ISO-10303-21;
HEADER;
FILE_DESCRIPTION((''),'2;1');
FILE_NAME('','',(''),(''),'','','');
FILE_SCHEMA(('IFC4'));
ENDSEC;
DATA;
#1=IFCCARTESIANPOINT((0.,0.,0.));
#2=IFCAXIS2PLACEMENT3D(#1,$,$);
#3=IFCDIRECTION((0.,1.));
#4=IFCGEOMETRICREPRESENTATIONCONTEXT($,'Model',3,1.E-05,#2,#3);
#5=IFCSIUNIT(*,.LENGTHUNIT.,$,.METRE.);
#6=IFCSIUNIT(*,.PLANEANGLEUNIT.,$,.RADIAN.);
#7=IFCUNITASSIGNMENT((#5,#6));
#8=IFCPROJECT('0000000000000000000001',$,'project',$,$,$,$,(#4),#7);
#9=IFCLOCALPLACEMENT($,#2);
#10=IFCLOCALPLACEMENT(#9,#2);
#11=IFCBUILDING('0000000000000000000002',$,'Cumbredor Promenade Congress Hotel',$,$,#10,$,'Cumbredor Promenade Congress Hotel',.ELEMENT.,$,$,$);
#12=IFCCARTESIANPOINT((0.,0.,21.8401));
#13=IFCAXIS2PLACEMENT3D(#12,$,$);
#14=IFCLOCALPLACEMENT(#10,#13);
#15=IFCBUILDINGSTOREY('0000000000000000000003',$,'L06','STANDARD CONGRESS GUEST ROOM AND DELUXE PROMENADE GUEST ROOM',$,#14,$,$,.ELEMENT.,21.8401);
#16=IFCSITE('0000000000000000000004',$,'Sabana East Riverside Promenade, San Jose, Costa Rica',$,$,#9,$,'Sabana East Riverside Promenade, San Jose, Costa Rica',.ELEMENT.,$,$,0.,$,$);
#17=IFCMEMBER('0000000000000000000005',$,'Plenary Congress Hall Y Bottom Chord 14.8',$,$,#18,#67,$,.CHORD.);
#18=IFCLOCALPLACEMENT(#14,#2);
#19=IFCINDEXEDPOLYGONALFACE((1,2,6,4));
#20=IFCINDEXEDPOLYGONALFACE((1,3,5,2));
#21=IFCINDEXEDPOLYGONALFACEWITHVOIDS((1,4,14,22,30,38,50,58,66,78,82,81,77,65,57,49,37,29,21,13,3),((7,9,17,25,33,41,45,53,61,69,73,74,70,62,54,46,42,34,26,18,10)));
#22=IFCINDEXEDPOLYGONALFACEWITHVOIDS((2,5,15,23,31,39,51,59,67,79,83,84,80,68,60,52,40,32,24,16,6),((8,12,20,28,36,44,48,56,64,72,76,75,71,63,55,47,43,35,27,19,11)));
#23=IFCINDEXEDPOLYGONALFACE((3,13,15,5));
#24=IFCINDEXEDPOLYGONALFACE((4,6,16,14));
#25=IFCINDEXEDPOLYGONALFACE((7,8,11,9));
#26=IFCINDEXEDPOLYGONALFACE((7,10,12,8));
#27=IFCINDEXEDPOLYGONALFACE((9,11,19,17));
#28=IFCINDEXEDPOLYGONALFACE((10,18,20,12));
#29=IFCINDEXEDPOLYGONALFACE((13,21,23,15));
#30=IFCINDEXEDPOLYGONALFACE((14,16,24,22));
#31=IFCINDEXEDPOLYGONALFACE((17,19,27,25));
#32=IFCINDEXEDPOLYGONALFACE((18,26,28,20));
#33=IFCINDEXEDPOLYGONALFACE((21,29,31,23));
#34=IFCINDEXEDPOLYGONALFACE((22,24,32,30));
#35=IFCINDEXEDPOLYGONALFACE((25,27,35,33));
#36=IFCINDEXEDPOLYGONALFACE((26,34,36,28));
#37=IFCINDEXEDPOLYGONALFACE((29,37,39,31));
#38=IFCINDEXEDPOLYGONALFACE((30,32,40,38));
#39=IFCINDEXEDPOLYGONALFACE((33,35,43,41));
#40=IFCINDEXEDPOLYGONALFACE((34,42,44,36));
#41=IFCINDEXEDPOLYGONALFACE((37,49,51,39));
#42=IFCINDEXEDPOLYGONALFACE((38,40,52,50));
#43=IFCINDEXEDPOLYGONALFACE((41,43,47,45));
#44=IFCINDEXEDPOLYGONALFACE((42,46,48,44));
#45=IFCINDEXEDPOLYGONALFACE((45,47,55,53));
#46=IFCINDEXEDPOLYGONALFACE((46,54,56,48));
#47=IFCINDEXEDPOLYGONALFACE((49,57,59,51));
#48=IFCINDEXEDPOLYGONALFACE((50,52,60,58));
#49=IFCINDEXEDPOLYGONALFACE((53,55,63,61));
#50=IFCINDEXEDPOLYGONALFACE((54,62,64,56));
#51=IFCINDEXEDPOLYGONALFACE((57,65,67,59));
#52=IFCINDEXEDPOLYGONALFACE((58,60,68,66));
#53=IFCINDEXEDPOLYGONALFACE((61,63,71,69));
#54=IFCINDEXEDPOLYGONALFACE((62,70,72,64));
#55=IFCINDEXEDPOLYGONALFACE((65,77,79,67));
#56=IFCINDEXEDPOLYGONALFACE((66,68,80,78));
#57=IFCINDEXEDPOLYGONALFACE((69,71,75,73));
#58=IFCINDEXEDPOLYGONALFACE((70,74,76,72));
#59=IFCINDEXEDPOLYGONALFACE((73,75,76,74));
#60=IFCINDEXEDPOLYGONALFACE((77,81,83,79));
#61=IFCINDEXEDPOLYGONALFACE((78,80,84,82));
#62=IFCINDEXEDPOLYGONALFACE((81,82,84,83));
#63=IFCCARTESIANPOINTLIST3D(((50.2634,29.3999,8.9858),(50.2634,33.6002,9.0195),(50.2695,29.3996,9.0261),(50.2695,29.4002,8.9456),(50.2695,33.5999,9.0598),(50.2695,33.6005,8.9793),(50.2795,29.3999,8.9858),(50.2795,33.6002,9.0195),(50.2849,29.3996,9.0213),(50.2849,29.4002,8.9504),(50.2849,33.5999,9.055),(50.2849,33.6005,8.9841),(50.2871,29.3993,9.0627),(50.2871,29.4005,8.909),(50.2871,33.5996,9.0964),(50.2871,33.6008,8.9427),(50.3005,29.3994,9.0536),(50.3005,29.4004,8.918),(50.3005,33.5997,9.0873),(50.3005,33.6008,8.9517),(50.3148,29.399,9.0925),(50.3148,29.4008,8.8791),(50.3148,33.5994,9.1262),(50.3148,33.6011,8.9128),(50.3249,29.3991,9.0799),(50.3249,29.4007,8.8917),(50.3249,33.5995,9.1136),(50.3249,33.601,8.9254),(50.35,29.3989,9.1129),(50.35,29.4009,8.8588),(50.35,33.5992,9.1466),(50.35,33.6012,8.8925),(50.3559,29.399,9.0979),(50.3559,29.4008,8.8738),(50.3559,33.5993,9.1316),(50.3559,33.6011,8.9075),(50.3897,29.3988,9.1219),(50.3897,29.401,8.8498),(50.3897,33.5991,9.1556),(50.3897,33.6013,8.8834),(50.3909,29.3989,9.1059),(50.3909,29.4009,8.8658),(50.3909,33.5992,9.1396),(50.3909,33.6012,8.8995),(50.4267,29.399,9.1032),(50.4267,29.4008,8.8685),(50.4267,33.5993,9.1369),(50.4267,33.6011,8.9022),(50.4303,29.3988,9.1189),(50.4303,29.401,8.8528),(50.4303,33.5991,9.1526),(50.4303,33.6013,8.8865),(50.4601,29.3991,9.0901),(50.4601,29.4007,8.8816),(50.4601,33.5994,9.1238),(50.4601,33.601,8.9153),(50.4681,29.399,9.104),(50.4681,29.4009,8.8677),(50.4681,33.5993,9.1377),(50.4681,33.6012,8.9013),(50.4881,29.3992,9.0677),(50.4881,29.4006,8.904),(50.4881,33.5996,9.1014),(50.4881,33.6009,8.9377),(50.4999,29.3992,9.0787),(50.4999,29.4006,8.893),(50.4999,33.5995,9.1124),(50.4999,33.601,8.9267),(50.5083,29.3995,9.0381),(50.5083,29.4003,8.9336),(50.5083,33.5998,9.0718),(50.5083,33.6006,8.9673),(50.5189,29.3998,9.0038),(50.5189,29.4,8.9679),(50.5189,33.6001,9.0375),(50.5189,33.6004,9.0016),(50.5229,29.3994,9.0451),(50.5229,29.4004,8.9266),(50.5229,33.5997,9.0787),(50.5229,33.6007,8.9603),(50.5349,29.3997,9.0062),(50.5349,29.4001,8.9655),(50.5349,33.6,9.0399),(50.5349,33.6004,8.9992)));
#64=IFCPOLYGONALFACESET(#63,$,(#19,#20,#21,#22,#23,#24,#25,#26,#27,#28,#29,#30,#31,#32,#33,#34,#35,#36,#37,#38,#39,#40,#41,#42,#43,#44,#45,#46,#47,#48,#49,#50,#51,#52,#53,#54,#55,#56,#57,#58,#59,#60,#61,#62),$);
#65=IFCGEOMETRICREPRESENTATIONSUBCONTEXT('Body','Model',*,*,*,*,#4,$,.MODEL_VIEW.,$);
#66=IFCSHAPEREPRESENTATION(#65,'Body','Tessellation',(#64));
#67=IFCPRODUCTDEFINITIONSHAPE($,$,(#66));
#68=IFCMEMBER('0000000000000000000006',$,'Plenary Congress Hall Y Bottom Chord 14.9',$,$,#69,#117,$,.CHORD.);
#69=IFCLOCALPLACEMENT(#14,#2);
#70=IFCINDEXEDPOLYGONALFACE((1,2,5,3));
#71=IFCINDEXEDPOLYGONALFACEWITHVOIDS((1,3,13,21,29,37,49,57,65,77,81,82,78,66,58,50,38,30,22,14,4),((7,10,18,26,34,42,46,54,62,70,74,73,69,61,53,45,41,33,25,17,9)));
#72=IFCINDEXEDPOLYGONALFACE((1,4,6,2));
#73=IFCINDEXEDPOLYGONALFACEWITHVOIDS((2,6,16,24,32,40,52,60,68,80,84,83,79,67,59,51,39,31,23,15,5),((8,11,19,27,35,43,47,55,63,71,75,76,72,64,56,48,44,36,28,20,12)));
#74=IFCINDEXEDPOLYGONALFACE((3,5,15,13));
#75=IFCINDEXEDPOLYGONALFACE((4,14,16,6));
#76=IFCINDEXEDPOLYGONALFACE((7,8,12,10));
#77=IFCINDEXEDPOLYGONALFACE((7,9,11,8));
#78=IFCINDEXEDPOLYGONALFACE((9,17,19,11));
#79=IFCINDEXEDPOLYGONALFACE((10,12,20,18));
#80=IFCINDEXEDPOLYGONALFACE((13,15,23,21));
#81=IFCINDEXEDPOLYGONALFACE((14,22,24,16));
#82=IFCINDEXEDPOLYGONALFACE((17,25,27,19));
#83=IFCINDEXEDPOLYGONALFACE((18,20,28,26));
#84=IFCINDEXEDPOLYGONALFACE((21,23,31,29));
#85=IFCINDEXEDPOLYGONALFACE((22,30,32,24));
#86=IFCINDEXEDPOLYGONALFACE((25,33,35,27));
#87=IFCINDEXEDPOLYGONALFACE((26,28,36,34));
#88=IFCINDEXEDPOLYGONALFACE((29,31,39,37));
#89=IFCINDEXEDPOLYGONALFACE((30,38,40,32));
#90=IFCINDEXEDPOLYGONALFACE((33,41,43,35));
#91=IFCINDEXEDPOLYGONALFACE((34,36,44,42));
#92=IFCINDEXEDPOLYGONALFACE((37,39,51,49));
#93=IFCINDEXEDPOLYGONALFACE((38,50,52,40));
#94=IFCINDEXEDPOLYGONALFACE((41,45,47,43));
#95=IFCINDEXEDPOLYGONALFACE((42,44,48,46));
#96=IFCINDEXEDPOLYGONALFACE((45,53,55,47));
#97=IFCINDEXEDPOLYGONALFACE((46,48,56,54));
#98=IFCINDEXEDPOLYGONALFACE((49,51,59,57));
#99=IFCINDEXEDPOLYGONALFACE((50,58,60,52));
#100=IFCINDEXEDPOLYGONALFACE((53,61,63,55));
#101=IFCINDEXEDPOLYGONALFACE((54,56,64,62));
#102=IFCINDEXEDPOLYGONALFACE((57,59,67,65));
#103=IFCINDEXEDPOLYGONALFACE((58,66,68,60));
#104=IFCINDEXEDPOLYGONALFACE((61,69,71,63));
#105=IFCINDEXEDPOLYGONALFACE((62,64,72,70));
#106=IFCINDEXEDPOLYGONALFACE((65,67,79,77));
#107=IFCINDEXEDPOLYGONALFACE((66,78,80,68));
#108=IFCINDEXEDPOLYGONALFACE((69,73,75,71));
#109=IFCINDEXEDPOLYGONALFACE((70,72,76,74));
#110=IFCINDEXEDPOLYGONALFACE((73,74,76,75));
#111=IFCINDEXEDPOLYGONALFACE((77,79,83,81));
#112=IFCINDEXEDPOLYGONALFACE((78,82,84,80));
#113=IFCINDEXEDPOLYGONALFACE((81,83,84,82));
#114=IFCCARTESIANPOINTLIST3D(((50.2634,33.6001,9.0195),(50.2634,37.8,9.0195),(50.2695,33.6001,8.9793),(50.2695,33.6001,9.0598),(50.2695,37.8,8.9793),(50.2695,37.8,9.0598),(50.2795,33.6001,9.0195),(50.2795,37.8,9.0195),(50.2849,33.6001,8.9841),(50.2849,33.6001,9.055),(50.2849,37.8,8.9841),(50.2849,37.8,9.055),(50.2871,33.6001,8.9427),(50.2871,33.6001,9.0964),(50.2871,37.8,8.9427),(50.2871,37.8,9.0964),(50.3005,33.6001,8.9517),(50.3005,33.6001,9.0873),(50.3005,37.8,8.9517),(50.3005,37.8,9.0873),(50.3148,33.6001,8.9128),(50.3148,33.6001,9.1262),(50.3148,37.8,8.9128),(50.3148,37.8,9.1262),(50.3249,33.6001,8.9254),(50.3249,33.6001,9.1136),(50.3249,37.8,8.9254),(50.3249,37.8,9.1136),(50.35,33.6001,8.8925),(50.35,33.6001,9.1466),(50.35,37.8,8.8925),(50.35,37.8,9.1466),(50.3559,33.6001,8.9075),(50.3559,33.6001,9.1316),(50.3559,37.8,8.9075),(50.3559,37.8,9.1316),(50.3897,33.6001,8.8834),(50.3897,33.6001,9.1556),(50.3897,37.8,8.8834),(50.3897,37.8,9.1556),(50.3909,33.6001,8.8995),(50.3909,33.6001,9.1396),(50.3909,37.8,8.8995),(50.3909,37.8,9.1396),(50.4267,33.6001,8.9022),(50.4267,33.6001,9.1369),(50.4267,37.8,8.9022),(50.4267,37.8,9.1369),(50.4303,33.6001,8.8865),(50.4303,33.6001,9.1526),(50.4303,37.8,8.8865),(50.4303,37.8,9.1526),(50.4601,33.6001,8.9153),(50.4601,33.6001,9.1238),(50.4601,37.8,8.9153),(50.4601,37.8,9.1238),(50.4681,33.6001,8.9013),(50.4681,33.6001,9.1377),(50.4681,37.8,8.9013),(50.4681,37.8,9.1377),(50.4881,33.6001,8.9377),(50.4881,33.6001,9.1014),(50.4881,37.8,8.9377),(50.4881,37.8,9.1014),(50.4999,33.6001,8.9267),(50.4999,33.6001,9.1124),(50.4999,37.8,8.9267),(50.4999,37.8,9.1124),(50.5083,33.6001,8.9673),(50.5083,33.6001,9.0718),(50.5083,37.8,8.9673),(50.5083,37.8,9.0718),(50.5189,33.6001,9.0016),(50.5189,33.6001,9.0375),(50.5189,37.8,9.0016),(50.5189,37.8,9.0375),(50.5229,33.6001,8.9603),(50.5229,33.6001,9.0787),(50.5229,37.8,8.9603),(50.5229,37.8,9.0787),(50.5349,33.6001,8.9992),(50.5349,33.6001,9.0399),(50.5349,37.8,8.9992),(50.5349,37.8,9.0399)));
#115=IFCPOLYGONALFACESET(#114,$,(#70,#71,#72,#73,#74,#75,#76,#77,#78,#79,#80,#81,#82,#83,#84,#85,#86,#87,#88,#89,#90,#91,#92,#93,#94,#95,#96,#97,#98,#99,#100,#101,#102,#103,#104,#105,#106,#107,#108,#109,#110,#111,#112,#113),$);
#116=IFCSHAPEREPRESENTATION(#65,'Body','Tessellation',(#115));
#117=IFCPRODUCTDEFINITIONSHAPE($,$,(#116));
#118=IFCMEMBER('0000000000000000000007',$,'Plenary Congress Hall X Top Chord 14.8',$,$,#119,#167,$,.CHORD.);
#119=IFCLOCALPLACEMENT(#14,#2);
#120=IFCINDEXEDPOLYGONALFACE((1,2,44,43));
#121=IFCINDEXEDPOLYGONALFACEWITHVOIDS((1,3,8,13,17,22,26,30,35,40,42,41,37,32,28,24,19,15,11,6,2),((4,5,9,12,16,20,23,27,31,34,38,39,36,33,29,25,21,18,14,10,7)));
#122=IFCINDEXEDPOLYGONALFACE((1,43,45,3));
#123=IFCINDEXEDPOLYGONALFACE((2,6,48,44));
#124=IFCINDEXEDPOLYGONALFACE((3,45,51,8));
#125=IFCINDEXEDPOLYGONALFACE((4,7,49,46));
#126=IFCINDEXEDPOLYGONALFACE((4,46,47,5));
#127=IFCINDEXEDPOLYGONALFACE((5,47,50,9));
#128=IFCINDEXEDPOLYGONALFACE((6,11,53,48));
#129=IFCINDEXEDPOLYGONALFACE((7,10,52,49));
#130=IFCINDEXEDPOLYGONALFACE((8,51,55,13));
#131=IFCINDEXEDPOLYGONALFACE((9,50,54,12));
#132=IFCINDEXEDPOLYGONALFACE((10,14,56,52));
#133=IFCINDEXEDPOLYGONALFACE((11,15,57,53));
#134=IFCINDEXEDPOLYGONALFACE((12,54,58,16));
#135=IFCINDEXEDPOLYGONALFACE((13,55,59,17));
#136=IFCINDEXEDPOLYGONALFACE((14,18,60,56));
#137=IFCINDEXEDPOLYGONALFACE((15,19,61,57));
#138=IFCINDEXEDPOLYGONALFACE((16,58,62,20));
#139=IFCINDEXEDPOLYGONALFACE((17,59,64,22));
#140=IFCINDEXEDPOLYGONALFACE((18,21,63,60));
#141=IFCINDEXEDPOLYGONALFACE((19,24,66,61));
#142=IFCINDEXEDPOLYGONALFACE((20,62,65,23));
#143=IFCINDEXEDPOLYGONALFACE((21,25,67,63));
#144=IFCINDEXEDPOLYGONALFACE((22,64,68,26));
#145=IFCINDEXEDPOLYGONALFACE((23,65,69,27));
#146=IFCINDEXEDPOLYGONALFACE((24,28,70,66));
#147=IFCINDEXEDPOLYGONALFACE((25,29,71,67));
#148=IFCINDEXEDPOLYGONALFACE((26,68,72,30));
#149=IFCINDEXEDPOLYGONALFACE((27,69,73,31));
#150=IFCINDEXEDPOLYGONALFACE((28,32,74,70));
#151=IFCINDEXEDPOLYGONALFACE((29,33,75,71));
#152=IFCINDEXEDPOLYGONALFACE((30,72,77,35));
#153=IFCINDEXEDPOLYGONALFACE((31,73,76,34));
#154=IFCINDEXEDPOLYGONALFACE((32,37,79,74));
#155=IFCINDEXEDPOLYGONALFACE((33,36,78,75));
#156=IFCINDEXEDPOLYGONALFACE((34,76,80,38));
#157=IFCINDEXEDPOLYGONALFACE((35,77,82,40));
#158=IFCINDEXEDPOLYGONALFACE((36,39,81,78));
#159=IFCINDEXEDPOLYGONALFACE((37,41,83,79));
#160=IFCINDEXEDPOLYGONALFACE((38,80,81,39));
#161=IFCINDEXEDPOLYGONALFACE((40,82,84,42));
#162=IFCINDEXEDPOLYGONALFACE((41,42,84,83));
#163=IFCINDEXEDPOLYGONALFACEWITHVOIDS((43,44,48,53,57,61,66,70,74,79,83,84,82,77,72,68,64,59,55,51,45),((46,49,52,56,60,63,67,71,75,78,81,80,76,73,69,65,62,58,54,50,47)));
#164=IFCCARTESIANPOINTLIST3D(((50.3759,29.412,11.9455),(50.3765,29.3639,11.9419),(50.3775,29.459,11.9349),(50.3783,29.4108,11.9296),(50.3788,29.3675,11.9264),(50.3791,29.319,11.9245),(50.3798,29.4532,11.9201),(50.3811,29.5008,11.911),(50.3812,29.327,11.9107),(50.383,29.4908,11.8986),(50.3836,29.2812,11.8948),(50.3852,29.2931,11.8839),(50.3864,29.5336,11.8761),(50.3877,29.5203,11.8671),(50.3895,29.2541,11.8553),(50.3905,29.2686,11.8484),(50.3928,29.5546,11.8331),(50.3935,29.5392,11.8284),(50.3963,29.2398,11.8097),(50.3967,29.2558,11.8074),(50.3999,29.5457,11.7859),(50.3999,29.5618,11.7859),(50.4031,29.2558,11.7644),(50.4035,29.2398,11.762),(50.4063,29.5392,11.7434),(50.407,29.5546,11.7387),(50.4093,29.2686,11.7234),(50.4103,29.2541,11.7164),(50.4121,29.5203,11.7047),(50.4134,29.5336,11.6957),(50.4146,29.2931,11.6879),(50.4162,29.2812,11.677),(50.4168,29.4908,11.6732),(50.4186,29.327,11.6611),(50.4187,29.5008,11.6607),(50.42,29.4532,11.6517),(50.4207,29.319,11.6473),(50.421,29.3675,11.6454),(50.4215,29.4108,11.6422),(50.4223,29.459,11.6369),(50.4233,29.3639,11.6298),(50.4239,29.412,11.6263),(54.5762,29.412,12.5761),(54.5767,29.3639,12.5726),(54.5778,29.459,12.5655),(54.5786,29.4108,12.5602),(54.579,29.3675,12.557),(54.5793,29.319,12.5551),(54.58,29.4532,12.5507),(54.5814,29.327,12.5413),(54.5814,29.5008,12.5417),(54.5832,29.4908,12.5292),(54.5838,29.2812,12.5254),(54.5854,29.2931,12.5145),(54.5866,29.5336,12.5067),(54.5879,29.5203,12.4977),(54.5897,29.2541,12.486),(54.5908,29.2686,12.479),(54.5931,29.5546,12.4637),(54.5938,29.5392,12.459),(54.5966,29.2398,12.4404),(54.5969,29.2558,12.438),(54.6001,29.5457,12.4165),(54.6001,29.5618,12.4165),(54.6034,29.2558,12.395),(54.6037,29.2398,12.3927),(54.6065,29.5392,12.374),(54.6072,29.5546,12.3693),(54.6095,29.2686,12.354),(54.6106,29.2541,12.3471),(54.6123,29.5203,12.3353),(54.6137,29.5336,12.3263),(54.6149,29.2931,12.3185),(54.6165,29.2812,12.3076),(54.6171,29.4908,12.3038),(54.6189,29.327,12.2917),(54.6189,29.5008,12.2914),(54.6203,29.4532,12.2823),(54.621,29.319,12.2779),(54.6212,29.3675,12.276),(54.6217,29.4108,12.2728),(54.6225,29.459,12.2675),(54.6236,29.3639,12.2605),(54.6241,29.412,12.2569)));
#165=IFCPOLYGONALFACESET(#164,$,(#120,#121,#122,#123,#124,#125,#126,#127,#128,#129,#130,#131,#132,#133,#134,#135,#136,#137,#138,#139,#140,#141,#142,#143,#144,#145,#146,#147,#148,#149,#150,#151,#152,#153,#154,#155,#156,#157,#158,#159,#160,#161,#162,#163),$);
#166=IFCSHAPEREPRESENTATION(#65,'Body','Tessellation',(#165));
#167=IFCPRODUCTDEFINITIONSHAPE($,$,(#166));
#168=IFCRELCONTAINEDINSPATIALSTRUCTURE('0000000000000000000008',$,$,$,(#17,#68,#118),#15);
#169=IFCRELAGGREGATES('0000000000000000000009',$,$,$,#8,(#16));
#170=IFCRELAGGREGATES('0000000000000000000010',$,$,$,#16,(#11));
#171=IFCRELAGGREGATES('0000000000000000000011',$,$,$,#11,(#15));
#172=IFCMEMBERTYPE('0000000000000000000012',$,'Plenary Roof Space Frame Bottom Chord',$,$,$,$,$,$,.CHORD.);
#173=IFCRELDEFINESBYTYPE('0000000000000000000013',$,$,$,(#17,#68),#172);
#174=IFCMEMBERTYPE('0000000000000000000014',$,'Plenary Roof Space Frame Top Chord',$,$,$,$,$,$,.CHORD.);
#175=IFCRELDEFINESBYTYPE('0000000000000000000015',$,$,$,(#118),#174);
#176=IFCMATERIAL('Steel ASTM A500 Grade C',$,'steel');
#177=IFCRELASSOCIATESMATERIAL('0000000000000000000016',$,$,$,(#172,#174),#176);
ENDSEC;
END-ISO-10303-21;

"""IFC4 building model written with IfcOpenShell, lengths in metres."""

from ifc_helpers import new_model, si_unit, direction, frame, origin, origin_2d, place, context, subcontext, project, spatial, hollow_circle, extrude, material, material_profile, profile_set, type_object, element, save


model = new_model("IFC4")

# Units and contexts
model_context = context("Model", 3, precision=1e-05, world=origin(), true_north=direction((0.0, 1.0)))
body_context = subcontext(model_context, "Body", "Model", "MODEL_VIEW")
ifc_project = project(units=[si_unit("LENGTHUNIT", "METRE"), si_unit("PLANEANGLEUNIT", "RADIAN")], contexts=[model_context])

# Site, building, storey
site_placement = place(None, origin())
site = spatial("IfcSite", under=ifc_project, at=site_placement, Name="Sabana East Riverside Promenade, San Jose, Costa Rica", LongName="Sabana East Riverside Promenade, San Jose, Costa Rica", CompositionType="ELEMENT", RefElevation=0.0)
building_placement = place(site_placement, origin())
building = spatial("IfcBuilding", under=site, at=building_placement, Name="Cumbredor Promenade Congress Hotel", LongName="Cumbredor Promenade Congress Hotel", CompositionType="ELEMENT")
storey_placement = place(building_placement, frame((0.0, 0.0, 21.8401)))
storey = spatial("IfcBuildingStorey", under=building, at=storey_placement, Name="L06", Description="STANDARD CONGRESS GUEST ROOM AND DELUXE PROMENADE GUEST ROOM", CompositionType="ELEMENT", Elevation=21.8401)

# Members
ifc_material_1 = material(Name="Steel ASTM A500 Grade C", Category="steel")
ifc_material_profile_1 = material_profile(ifc_material_1, hollow_circle(Radius=0.1365, WallThickness=0.0161, at=origin_2d()), Name="CHS 273.0x16")
ifc_profile_set_1 = profile_set([ifc_material_profile_1], Name="Steel ASTM A500 Grade C")
member_type_1 = type_object("IfcMemberType", Name="Plenary Roof Space Frame Bottom Chord", PredefinedType="CHORD", material=ifc_profile_set_1)
member_1_placement = place(storey_placement, frame((50.3999, 29.3999, 8.9858), z_axis=(0.0, 0.999968, 0.008021), x_axis=(-1.0, 0.0, 0.0)))
element("IfcMember", 1, at=member_1_placement, inside=storey, type_object=member_type_1, Name="Plenary Congress Hall Y Bottom Chord 14.8", PredefinedType="CHORD", context=body_context, shape_type="SweptSolid", body=[
    extrude(hollow_circle(Radius=0.1365, WallThickness=0.0161, at=origin_2d()), origin(), (0.0, 0.0, 1.0), 4.2004),
])
member_2_placement = place(storey_placement, frame((50.3999, 33.6001, 9.0195), z_axis=(0.0, 1.0, 0.0), x_axis=(-1.0, 0.0, 0.0)))
element("IfcMember", 2, at=member_2_placement, inside=storey, type_object=member_type_1, Name="Plenary Congress Hall Y Bottom Chord 14.9", PredefinedType="CHORD", context=body_context, shape_type="SweptSolid", body=[
    extrude(hollow_circle(Radius=0.1365, WallThickness=0.0161, at=origin_2d()), origin(), (0.0, 0.0, 1.0), 4.2),
])
ifc_material_profile_2 = material_profile(ifc_material_1, hollow_circle(Radius=0.1619, WallThickness=0.0161, at=origin_2d()), Name="CHS 323.9x16")
ifc_profile_set_2 = profile_set([ifc_material_profile_2], Name="Steel ASTM A500 Grade C")
member_type_2 = type_object("IfcMemberType", Name="Plenary Roof Space Frame Top Chord", PredefinedType="CHORD", material=ifc_profile_set_2)
member_3_placement = place(storey_placement, frame((50.3999, 29.3999, 11.7859), z_axis=(0.988916, 0.0, 0.148475), x_axis=(0.0, 1.0, 0.0)))
element("IfcMember", 3, at=member_3_placement, inside=storey, type_object=member_type_2, Name="Plenary Congress Hall X Top Chord 14.8", PredefinedType="CHORD", context=body_context, shape_type="SweptSolid", body=[
    extrude(hollow_circle(Radius=0.1619, WallThickness=0.0161, at=origin_2d()), origin(), (0.0, 0.0, 1.0), 4.2473),
])

save(model, "model.ifc")
